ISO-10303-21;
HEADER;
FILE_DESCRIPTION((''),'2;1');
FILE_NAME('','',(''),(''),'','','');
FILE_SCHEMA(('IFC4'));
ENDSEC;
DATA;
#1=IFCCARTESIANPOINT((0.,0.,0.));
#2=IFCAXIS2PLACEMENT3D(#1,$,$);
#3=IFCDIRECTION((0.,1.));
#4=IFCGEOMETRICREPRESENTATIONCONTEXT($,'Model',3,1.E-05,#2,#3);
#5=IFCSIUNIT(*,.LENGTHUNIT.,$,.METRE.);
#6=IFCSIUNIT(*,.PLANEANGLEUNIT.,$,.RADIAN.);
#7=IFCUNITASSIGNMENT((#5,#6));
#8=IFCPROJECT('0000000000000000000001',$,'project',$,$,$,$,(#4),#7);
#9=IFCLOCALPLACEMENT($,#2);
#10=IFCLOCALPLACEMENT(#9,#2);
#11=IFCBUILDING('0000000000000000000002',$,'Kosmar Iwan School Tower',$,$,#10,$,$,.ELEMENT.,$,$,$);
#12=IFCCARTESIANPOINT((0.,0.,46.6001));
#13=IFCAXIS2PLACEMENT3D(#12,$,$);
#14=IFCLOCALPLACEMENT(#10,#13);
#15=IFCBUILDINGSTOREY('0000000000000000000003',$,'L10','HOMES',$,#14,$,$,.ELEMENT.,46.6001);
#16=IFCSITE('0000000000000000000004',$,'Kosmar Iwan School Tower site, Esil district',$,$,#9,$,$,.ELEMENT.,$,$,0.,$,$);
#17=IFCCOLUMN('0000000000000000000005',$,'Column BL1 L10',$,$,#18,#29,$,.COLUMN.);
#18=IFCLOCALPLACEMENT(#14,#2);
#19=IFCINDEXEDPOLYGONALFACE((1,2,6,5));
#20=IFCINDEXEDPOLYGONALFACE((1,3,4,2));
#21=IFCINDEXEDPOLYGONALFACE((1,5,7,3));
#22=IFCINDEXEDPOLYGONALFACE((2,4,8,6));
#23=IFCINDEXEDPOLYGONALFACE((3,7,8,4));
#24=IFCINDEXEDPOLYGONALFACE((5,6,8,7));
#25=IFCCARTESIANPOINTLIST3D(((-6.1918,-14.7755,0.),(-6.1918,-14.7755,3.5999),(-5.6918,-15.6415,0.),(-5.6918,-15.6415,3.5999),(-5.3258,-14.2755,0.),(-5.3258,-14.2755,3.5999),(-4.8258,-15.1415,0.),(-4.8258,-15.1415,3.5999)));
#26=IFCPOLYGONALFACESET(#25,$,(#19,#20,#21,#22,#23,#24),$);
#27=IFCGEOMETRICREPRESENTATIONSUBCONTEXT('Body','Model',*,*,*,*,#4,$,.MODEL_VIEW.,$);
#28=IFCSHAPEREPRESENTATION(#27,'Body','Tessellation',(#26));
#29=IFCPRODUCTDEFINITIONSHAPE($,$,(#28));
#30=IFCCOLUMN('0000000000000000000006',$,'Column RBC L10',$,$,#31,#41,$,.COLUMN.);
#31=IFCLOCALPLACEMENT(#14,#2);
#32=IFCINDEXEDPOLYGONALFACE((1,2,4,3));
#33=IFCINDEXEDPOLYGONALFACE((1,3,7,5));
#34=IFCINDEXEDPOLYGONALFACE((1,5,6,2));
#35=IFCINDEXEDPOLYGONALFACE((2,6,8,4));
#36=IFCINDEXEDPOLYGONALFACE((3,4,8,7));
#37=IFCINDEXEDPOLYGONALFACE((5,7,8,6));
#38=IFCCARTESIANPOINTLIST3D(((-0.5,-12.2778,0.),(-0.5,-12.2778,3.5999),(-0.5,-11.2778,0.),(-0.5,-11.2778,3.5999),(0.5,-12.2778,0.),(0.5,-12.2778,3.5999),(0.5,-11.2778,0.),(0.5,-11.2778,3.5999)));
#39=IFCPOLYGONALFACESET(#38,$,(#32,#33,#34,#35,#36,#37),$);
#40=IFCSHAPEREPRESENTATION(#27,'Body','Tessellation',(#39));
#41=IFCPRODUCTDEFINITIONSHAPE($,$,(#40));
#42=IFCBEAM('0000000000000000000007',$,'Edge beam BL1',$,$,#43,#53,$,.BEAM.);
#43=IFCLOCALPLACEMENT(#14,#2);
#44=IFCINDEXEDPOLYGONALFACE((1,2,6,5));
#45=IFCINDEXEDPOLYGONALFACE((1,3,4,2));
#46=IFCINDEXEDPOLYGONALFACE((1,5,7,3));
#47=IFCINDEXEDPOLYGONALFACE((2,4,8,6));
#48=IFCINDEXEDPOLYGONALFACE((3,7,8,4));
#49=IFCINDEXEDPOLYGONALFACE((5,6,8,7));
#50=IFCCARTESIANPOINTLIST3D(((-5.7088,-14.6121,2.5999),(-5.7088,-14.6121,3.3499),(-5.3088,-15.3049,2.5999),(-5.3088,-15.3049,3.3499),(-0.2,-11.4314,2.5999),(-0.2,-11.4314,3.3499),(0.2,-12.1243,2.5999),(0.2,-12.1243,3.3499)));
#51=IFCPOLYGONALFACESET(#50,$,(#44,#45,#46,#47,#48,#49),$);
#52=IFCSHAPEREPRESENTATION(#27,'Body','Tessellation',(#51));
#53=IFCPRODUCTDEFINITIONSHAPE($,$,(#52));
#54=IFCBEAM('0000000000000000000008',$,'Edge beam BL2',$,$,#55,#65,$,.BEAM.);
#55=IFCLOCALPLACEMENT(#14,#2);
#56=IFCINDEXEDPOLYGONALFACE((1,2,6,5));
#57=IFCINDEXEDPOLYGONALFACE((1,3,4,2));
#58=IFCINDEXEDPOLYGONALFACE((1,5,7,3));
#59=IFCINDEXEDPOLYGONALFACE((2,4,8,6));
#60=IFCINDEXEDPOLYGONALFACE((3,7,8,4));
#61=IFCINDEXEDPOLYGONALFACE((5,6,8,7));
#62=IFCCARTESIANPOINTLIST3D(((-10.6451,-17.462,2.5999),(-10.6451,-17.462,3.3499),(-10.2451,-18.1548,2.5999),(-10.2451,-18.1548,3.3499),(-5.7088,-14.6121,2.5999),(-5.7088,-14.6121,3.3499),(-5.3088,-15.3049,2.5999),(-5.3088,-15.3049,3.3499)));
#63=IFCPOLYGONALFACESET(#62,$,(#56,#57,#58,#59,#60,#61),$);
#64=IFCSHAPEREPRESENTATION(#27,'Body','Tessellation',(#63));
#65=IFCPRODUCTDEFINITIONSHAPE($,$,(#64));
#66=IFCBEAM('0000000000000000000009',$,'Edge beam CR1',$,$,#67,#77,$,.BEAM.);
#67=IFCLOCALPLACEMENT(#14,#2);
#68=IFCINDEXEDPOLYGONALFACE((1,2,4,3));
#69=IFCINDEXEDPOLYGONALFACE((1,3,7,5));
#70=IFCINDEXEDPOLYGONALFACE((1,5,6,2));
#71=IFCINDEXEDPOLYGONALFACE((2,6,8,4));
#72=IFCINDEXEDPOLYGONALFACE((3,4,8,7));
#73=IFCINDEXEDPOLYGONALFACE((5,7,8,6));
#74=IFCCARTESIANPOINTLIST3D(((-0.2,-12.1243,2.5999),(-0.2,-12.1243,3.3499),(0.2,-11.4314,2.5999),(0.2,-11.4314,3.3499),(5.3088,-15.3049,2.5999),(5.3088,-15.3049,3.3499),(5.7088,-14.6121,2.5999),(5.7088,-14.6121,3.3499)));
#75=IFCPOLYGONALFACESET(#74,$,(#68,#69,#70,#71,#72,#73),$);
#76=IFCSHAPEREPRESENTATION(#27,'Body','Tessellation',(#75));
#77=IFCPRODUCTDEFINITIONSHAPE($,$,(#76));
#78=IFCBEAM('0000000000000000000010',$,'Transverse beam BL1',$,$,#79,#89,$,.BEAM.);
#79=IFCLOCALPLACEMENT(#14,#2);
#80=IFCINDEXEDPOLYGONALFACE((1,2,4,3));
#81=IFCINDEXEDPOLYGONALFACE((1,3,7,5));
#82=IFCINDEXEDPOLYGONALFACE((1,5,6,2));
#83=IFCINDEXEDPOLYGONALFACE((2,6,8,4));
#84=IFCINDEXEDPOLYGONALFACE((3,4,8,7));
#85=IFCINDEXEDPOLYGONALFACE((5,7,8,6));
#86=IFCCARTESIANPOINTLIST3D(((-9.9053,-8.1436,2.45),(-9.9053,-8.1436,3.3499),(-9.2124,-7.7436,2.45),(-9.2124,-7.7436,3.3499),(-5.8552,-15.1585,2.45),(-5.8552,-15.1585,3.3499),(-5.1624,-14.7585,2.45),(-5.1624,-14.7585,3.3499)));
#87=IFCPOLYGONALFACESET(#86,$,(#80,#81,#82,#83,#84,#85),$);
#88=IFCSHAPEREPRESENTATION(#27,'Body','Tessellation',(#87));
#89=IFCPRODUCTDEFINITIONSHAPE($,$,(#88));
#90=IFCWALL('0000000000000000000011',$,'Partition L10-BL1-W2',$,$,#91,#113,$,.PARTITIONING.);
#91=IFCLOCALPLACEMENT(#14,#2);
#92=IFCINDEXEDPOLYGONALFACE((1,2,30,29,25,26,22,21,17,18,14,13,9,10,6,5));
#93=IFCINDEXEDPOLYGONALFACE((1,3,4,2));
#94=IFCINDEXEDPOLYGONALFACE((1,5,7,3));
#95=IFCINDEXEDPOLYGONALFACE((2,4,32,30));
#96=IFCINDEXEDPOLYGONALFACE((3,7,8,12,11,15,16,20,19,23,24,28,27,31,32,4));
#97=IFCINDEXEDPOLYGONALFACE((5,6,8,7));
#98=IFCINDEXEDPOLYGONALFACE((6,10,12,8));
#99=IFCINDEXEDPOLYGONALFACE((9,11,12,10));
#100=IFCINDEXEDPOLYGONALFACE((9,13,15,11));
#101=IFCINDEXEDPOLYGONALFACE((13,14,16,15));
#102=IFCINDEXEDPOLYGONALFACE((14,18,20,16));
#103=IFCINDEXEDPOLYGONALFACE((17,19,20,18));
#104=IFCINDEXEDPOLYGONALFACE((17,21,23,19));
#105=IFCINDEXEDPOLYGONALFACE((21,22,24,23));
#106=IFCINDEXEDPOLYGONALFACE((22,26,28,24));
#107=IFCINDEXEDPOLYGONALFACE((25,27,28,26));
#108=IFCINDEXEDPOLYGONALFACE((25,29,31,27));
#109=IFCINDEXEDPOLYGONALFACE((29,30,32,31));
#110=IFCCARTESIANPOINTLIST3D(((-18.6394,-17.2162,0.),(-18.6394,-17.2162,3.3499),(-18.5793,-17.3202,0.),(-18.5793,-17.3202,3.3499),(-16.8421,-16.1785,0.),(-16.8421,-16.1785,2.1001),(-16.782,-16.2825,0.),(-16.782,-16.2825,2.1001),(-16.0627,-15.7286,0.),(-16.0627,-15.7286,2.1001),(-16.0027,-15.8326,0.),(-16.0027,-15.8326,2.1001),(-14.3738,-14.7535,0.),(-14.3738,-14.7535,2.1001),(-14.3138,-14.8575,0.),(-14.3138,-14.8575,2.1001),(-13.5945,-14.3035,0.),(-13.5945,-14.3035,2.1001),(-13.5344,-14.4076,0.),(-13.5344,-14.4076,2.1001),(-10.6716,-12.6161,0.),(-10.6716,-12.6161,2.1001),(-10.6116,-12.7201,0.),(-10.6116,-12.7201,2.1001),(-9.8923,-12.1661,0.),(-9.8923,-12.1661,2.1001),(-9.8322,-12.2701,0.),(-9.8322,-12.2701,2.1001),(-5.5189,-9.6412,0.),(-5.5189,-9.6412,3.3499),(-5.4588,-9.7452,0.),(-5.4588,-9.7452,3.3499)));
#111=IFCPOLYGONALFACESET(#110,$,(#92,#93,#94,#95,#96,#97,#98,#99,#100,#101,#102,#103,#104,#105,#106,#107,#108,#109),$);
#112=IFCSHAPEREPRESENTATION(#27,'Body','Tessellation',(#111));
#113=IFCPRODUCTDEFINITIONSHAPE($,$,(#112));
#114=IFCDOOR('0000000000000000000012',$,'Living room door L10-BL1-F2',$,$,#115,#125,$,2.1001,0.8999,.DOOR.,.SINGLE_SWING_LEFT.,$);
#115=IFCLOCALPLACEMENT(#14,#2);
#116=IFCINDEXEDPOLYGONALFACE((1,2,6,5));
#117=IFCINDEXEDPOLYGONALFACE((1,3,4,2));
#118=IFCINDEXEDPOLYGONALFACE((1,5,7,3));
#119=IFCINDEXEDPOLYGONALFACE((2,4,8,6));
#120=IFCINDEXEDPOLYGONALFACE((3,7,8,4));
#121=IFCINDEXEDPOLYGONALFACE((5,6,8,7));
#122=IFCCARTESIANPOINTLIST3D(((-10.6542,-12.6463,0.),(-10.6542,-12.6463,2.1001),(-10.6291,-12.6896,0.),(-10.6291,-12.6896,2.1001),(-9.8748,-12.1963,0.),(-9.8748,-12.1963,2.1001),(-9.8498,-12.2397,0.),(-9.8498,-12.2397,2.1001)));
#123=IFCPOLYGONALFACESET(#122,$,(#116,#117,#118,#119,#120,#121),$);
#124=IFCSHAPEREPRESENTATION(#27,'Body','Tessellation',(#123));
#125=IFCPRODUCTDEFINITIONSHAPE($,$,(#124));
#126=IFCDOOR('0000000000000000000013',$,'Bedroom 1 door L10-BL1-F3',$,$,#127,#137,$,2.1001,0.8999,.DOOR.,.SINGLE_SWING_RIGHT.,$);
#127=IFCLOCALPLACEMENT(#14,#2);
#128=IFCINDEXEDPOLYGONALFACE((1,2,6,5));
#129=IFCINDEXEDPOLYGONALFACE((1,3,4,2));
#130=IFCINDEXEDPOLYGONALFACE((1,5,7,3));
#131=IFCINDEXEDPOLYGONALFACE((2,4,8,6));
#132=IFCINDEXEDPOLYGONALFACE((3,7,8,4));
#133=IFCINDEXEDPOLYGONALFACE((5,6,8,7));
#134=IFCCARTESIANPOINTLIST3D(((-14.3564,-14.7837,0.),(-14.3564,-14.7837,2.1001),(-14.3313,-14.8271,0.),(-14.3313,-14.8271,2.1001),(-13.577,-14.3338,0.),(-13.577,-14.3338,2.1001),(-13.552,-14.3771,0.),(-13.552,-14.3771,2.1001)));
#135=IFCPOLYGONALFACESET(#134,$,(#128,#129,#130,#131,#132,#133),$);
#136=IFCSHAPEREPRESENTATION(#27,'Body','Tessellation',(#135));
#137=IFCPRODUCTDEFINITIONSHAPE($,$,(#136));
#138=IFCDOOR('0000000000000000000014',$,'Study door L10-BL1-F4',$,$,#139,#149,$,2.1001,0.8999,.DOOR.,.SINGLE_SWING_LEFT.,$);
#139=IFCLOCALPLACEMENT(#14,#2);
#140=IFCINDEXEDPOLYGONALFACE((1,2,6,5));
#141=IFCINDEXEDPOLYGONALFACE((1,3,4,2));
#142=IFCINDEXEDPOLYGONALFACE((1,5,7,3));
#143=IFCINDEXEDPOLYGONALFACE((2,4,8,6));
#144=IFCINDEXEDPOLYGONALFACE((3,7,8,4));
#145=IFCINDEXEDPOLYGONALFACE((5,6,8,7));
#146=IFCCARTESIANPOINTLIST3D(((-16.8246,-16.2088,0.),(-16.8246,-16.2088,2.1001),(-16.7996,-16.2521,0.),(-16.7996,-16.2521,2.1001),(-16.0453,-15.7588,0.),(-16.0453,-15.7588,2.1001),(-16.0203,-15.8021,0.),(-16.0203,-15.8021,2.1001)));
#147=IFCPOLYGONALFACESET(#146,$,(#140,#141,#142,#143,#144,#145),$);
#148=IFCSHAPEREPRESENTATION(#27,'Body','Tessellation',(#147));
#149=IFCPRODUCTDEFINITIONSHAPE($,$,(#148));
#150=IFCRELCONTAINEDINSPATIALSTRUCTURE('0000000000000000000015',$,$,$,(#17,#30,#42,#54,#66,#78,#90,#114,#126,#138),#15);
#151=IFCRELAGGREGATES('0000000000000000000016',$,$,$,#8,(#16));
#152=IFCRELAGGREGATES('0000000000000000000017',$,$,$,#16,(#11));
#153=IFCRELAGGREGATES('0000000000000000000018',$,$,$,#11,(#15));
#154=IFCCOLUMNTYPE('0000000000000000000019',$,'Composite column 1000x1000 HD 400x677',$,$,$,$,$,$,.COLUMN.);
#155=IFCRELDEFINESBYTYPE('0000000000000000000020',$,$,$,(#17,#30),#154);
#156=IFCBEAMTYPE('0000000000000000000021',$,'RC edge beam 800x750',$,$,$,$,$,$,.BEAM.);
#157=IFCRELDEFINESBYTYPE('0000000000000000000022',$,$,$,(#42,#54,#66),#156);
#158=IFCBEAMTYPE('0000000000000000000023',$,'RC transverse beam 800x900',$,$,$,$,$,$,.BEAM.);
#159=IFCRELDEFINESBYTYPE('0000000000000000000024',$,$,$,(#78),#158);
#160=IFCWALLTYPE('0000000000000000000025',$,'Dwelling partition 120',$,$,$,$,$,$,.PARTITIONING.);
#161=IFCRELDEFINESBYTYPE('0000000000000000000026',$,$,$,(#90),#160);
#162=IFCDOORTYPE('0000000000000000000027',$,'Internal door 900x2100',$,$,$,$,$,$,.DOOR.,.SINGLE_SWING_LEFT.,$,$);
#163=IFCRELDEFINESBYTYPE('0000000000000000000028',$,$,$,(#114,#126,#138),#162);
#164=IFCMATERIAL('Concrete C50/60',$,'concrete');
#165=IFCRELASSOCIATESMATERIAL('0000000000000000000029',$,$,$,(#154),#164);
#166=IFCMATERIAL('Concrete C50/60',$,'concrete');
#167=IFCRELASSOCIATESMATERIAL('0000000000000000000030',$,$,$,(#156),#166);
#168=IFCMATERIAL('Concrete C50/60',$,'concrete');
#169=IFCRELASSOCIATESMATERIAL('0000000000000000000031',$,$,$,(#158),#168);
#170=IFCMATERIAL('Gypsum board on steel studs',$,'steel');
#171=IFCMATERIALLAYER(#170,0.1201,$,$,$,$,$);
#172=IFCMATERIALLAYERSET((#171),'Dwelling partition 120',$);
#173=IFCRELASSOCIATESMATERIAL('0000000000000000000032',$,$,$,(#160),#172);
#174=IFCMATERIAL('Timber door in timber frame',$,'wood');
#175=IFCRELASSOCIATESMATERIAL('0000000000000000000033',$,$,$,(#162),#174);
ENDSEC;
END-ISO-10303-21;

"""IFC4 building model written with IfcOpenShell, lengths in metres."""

from ifc_helpers import new_model, si_unit, direction, frame, frame_2d, origin, origin_2d, place, context, subcontext, project, spatial, rectangle, extrude, material, layer, layer_set, material_profile, profile_set, type_object, element, fill, save


model = new_model("IFC4")

# Units and contexts
model_context = context("Model", 3, precision=1e-05, world=origin(), true_north=direction((0.0, 1.0)))
body_context = subcontext(model_context, "Body", "Model", "MODEL_VIEW")
ifc_project = project(units=[si_unit("LENGTHUNIT", "METRE"), si_unit("PLANEANGLEUNIT", "RADIAN")], contexts=[model_context])

# Site, building, storey
site_placement = place(None, origin())
site = spatial("IfcSite", under=ifc_project, at=site_placement, Name="Kosmar Iwan School Tower site, Esil district", CompositionType="ELEMENT", RefElevation=0.0)
building_placement = place(site_placement, origin())
building = spatial("IfcBuilding", under=site, at=building_placement, Name="Kosmar Iwan School Tower", CompositionType="ELEMENT")
storey_placement = place(building_placement, frame((0.0, 0.0, 46.6001)))
storey = spatial("IfcBuildingStorey", under=building, at=storey_placement, Name="L10", Description="HOMES", CompositionType="ELEMENT", Elevation=46.6001)

# Columns
ifc_material_1 = material(Name="Concrete C50/60", Category="concrete")
ifc_material_profile_1 = material_profile(ifc_material_1, rectangle(XDim=1.0, YDim=1.0, at=origin_2d()), Name="RC 1000x1000 + HD 400x677")
ifc_profile_set_1 = profile_set([ifc_material_profile_1], Name="Concrete C50/60")
column_type = type_object("IfcColumnType", Name="Composite column 1000x1000 HD 400x677", PredefinedType="COLUMN", material=ifc_profile_set_1)
for number, where, z_axis, x_axis, name in (
    (1, (-5.5088, -14.9585, 0.0), (0.0, 0.0, 1.0), (-0.866025, -0.5, 0.0), "Column BL1 L10"),
    (2, (0.0, -11.7778, 0.0), (0.0, 0.0, 1.0), (1.0, 0.0, 0.0), "Column RBC L10"),
):
    element("IfcColumn", number, at=place(storey_placement, frame(where, z_axis=z_axis, x_axis=x_axis)), inside=storey, type_object=column_type, Name=name, PredefinedType="COLUMN", context=body_context, shape_type="SweptSolid", body=[
        extrude(rectangle(XDim=1.0, YDim=1.0, at=origin_2d()), origin(), (0.0, 0.0, 1.0), 3.5999),
    ])

# Beams
ifc_material_2 = material(Name="Concrete C50/60", Category="concrete")
ifc_material_profile_2 = material_profile(ifc_material_2, rectangle(XDim=0.8, YDim=0.75, at=origin_2d()), Name="RC 800x750")
ifc_profile_set_2 = profile_set([ifc_material_profile_2], Name="Concrete C50/60")
beam_type_1 = type_object("IfcBeamType", Name="RC edge beam 800x750", PredefinedType="BEAM", material=ifc_profile_set_2)
beam_1_placement = place(storey_placement, frame((0.0, -11.7778, 2.9749), z_axis=(-0.866014, -0.500019, 0.0), x_axis=(0.500019, -0.866014, 0.0)))
element("IfcBeam", 3, at=beam_1_placement, inside=storey, type_object=beam_type_1, Name="Edge beam BL1", PredefinedType="BEAM", context=body_context, shape_type="SweptSolid", body=[
    extrude(rectangle(XDim=0.8, YDim=0.75, at=origin_2d()), origin(), (0.0, 0.0, 1.0), 6.3611),
])
beam_2_placement = place(storey_placement, frame((-5.5088, -14.9585, 2.9749), z_axis=(-0.866034, -0.499986, 0.0), x_axis=(0.499986, -0.866034, 0.0)))
element("IfcBeam", 4, at=beam_2_placement, inside=storey, type_object=beam_type_1, Name="Edge beam BL2", PredefinedType="BEAM", context=body_context, shape_type="SweptSolid", body=[
    extrude(rectangle(XDim=0.8, YDim=0.75, at=origin_2d()), origin(), (0.0, 0.0, 1.0), 5.7),
])
beam_3_placement = place(storey_placement, frame((0.0, -11.7778, 2.9749), z_axis=(0.866014, -0.500019, 0.0), x_axis=(0.500019, 0.866014, 0.0)))
element("IfcBeam", 5, at=beam_3_placement, inside=storey, type_object=beam_type_1, Name="Edge beam CR1", PredefinedType="BEAM", context=body_context, shape_type="SweptSolid", body=[
    extrude(rectangle(XDim=0.8, YDim=0.75, at=origin_2d()), origin(), (0.0, 0.0, 1.0), 6.3611),
])
ifc_material_3 = material(Name="Concrete C50/60", Category="concrete")
ifc_material_profile_3 = material_profile(ifc_material_3, rectangle(XDim=0.8, YDim=0.8999, at=origin_2d()), Name="RC 800x900")
ifc_profile_set_3 = profile_set([ifc_material_profile_3], Name="Concrete C50/60")
beam_type_2 = type_object("IfcBeamType", Name="RC transverse beam 800x900", PredefinedType="BEAM", material=ifc_profile_set_3)
beam_4_placement = place(storey_placement, frame((-5.5088, -14.9585, 2.8999), z_axis=(-0.5, 0.866025, 0.0), x_axis=(-0.866025, -0.5, 0.0)))
element("IfcBeam", 6, at=beam_4_placement, inside=storey, type_object=beam_type_2, Name="Transverse beam BL1", PredefinedType="BEAM", context=body_context, shape_type="SweptSolid", body=[
    extrude(rectangle(XDim=0.8, YDim=0.8999, at=origin_2d()), origin(), (0.0, 0.0, 1.0), 8.1001),
])

# Wall, openings, doors
ifc_material_4 = material(Name="Gypsum board on steel studs", Category="steel")
ifc_layer_1 = layer(ifc_material_4, 0.1201)
ifc_layer_set_1 = layer_set([ifc_layer_1], Name="Dwelling partition 120")
wall_type_1 = type_object("IfcWallType", Name="Dwelling partition 120", PredefinedType="PARTITIONING", material=ifc_layer_set_1)
wall_1_placement = place(storey_placement, frame((-5.4888, -9.6931, 0.0), z_axis=(0.0, 0.0, 1.0), x_axis=(-0.866028, -0.499995, 0.0)))
wall_1 = element("IfcWall", 7, at=wall_1_placement, inside=storey, type_object=wall_type_1, Name="Partition L10-BL1-W2", PredefinedType="PARTITIONING", context=body_context, shape_type="SweptSolid", body=[
    extrude(rectangle(XDim=15.1501, YDim=0.1201, at=frame_2d((7.5752, 0.0))), origin(), (0.0, 0.0, 1.0), 3.3499),
])
opening_1_placement = place(wall_1_placement, frame((5.05, 0.0, 0.0)))
opening_1 = element("IfcOpeningElement", 8, at=opening_1_placement, cuts=wall_1, PredefinedType="OPENING", context=body_context, shape_type="SweptSolid", body=[
    extrude(rectangle(XDim=0.8999, YDim=2.1001, at=frame_2d((0.45, 1.05))), frame((0.0, 0.072, 0.0), z_axis=(0.0, -1.0, 0.0), x_axis=(1.0, 0.0, 0.0)), (0.0, 0.0, 1.0), 0.144),
])
opening_2_placement = place(wall_1_placement, frame((9.325, 0.0, 0.0)))
opening_2 = element("IfcOpeningElement", 9, at=opening_2_placement, cuts=wall_1, PredefinedType="OPENING", context=body_context, shape_type="SweptSolid", body=[
    extrude(rectangle(XDim=0.8999, YDim=2.1001, at=frame_2d((0.45, 1.05))), frame((0.0, 0.072, 0.0), z_axis=(0.0, -1.0, 0.0), x_axis=(1.0, 0.0, 0.0)), (0.0, 0.0, 1.0), 0.144),
])
opening_3_placement = place(wall_1_placement, frame((12.175, 0.0, 0.0)))
opening_3 = element("IfcOpeningElement", 10, at=opening_3_placement, cuts=wall_1, PredefinedType="OPENING", context=body_context, shape_type="SweptSolid", body=[
    extrude(rectangle(XDim=0.8999, YDim=2.1001, at=frame_2d((0.45, 1.05))), frame((0.0, 0.072, 0.0), z_axis=(0.0, -1.0, 0.0), x_axis=(1.0, 0.0, 0.0)), (0.0, 0.0, 1.0), 0.144),
])
ifc_material_5 = material(Name="Timber door in timber frame", Category="wood")
door_type_1 = type_object("IfcDoorType", Name="Internal door 900x2100", OperationType="SINGLE_SWING_LEFT", PredefinedType="DOOR", material=ifc_material_5)
door_1_placement = place(opening_1_placement, origin())
door_1 = element("IfcDoor", 11, at=door_1_placement, inside=storey, type_object=door_type_1, Name="Living room door L10-BL1-F2", OperationType="SINGLE_SWING_LEFT", OverallHeight=2.1001, OverallWidth=0.8999, PredefinedType="DOOR", context=body_context, shape_type="SweptSolid", body=[
    extrude(rectangle(XDim=0.8999, YDim=2.1001, at=frame_2d((0.45, 1.05))), frame((0.0, 0.0249, 0.0), z_axis=(0.0, -1.0, 0.0), x_axis=(1.0, 0.0, 0.0)), (0.0, 0.0, 1.0), 0.05),
])
fill(opening_1, door_1)
door_2_placement = place(opening_2_placement, origin())
door_2 = element("IfcDoor", 12, at=door_2_placement, inside=storey, type_object=door_type_1, Name="Bedroom 1 door L10-BL1-F3", OperationType="SINGLE_SWING_RIGHT", OverallHeight=2.1001, OverallWidth=0.8999, PredefinedType="DOOR", context=body_context, shape_type="SweptSolid", body=[
    extrude(rectangle(XDim=0.8999, YDim=2.1001, at=frame_2d((0.45, 1.05))), frame((0.0, 0.0249, 0.0), z_axis=(0.0, -1.0, 0.0), x_axis=(1.0, 0.0, 0.0)), (0.0, 0.0, 1.0), 0.05),
])
fill(opening_2, door_2)
door_3_placement = place(opening_3_placement, origin())
door_3 = element("IfcDoor", 13, at=door_3_placement, inside=storey, type_object=door_type_1, Name="Study door L10-BL1-F4", OperationType="SINGLE_SWING_LEFT", OverallHeight=2.1001, OverallWidth=0.8999, PredefinedType="DOOR", context=body_context, shape_type="SweptSolid", body=[
    extrude(rectangle(XDim=0.8999, YDim=2.1001, at=frame_2d((0.45, 1.05))), frame((0.0, 0.0249, 0.0), z_axis=(0.0, -1.0, 0.0), x_axis=(1.0, 0.0, 0.0)), (0.0, 0.0, 1.0), 0.05),
])
fill(opening_3, door_3)

save(model, "model.ifc")
